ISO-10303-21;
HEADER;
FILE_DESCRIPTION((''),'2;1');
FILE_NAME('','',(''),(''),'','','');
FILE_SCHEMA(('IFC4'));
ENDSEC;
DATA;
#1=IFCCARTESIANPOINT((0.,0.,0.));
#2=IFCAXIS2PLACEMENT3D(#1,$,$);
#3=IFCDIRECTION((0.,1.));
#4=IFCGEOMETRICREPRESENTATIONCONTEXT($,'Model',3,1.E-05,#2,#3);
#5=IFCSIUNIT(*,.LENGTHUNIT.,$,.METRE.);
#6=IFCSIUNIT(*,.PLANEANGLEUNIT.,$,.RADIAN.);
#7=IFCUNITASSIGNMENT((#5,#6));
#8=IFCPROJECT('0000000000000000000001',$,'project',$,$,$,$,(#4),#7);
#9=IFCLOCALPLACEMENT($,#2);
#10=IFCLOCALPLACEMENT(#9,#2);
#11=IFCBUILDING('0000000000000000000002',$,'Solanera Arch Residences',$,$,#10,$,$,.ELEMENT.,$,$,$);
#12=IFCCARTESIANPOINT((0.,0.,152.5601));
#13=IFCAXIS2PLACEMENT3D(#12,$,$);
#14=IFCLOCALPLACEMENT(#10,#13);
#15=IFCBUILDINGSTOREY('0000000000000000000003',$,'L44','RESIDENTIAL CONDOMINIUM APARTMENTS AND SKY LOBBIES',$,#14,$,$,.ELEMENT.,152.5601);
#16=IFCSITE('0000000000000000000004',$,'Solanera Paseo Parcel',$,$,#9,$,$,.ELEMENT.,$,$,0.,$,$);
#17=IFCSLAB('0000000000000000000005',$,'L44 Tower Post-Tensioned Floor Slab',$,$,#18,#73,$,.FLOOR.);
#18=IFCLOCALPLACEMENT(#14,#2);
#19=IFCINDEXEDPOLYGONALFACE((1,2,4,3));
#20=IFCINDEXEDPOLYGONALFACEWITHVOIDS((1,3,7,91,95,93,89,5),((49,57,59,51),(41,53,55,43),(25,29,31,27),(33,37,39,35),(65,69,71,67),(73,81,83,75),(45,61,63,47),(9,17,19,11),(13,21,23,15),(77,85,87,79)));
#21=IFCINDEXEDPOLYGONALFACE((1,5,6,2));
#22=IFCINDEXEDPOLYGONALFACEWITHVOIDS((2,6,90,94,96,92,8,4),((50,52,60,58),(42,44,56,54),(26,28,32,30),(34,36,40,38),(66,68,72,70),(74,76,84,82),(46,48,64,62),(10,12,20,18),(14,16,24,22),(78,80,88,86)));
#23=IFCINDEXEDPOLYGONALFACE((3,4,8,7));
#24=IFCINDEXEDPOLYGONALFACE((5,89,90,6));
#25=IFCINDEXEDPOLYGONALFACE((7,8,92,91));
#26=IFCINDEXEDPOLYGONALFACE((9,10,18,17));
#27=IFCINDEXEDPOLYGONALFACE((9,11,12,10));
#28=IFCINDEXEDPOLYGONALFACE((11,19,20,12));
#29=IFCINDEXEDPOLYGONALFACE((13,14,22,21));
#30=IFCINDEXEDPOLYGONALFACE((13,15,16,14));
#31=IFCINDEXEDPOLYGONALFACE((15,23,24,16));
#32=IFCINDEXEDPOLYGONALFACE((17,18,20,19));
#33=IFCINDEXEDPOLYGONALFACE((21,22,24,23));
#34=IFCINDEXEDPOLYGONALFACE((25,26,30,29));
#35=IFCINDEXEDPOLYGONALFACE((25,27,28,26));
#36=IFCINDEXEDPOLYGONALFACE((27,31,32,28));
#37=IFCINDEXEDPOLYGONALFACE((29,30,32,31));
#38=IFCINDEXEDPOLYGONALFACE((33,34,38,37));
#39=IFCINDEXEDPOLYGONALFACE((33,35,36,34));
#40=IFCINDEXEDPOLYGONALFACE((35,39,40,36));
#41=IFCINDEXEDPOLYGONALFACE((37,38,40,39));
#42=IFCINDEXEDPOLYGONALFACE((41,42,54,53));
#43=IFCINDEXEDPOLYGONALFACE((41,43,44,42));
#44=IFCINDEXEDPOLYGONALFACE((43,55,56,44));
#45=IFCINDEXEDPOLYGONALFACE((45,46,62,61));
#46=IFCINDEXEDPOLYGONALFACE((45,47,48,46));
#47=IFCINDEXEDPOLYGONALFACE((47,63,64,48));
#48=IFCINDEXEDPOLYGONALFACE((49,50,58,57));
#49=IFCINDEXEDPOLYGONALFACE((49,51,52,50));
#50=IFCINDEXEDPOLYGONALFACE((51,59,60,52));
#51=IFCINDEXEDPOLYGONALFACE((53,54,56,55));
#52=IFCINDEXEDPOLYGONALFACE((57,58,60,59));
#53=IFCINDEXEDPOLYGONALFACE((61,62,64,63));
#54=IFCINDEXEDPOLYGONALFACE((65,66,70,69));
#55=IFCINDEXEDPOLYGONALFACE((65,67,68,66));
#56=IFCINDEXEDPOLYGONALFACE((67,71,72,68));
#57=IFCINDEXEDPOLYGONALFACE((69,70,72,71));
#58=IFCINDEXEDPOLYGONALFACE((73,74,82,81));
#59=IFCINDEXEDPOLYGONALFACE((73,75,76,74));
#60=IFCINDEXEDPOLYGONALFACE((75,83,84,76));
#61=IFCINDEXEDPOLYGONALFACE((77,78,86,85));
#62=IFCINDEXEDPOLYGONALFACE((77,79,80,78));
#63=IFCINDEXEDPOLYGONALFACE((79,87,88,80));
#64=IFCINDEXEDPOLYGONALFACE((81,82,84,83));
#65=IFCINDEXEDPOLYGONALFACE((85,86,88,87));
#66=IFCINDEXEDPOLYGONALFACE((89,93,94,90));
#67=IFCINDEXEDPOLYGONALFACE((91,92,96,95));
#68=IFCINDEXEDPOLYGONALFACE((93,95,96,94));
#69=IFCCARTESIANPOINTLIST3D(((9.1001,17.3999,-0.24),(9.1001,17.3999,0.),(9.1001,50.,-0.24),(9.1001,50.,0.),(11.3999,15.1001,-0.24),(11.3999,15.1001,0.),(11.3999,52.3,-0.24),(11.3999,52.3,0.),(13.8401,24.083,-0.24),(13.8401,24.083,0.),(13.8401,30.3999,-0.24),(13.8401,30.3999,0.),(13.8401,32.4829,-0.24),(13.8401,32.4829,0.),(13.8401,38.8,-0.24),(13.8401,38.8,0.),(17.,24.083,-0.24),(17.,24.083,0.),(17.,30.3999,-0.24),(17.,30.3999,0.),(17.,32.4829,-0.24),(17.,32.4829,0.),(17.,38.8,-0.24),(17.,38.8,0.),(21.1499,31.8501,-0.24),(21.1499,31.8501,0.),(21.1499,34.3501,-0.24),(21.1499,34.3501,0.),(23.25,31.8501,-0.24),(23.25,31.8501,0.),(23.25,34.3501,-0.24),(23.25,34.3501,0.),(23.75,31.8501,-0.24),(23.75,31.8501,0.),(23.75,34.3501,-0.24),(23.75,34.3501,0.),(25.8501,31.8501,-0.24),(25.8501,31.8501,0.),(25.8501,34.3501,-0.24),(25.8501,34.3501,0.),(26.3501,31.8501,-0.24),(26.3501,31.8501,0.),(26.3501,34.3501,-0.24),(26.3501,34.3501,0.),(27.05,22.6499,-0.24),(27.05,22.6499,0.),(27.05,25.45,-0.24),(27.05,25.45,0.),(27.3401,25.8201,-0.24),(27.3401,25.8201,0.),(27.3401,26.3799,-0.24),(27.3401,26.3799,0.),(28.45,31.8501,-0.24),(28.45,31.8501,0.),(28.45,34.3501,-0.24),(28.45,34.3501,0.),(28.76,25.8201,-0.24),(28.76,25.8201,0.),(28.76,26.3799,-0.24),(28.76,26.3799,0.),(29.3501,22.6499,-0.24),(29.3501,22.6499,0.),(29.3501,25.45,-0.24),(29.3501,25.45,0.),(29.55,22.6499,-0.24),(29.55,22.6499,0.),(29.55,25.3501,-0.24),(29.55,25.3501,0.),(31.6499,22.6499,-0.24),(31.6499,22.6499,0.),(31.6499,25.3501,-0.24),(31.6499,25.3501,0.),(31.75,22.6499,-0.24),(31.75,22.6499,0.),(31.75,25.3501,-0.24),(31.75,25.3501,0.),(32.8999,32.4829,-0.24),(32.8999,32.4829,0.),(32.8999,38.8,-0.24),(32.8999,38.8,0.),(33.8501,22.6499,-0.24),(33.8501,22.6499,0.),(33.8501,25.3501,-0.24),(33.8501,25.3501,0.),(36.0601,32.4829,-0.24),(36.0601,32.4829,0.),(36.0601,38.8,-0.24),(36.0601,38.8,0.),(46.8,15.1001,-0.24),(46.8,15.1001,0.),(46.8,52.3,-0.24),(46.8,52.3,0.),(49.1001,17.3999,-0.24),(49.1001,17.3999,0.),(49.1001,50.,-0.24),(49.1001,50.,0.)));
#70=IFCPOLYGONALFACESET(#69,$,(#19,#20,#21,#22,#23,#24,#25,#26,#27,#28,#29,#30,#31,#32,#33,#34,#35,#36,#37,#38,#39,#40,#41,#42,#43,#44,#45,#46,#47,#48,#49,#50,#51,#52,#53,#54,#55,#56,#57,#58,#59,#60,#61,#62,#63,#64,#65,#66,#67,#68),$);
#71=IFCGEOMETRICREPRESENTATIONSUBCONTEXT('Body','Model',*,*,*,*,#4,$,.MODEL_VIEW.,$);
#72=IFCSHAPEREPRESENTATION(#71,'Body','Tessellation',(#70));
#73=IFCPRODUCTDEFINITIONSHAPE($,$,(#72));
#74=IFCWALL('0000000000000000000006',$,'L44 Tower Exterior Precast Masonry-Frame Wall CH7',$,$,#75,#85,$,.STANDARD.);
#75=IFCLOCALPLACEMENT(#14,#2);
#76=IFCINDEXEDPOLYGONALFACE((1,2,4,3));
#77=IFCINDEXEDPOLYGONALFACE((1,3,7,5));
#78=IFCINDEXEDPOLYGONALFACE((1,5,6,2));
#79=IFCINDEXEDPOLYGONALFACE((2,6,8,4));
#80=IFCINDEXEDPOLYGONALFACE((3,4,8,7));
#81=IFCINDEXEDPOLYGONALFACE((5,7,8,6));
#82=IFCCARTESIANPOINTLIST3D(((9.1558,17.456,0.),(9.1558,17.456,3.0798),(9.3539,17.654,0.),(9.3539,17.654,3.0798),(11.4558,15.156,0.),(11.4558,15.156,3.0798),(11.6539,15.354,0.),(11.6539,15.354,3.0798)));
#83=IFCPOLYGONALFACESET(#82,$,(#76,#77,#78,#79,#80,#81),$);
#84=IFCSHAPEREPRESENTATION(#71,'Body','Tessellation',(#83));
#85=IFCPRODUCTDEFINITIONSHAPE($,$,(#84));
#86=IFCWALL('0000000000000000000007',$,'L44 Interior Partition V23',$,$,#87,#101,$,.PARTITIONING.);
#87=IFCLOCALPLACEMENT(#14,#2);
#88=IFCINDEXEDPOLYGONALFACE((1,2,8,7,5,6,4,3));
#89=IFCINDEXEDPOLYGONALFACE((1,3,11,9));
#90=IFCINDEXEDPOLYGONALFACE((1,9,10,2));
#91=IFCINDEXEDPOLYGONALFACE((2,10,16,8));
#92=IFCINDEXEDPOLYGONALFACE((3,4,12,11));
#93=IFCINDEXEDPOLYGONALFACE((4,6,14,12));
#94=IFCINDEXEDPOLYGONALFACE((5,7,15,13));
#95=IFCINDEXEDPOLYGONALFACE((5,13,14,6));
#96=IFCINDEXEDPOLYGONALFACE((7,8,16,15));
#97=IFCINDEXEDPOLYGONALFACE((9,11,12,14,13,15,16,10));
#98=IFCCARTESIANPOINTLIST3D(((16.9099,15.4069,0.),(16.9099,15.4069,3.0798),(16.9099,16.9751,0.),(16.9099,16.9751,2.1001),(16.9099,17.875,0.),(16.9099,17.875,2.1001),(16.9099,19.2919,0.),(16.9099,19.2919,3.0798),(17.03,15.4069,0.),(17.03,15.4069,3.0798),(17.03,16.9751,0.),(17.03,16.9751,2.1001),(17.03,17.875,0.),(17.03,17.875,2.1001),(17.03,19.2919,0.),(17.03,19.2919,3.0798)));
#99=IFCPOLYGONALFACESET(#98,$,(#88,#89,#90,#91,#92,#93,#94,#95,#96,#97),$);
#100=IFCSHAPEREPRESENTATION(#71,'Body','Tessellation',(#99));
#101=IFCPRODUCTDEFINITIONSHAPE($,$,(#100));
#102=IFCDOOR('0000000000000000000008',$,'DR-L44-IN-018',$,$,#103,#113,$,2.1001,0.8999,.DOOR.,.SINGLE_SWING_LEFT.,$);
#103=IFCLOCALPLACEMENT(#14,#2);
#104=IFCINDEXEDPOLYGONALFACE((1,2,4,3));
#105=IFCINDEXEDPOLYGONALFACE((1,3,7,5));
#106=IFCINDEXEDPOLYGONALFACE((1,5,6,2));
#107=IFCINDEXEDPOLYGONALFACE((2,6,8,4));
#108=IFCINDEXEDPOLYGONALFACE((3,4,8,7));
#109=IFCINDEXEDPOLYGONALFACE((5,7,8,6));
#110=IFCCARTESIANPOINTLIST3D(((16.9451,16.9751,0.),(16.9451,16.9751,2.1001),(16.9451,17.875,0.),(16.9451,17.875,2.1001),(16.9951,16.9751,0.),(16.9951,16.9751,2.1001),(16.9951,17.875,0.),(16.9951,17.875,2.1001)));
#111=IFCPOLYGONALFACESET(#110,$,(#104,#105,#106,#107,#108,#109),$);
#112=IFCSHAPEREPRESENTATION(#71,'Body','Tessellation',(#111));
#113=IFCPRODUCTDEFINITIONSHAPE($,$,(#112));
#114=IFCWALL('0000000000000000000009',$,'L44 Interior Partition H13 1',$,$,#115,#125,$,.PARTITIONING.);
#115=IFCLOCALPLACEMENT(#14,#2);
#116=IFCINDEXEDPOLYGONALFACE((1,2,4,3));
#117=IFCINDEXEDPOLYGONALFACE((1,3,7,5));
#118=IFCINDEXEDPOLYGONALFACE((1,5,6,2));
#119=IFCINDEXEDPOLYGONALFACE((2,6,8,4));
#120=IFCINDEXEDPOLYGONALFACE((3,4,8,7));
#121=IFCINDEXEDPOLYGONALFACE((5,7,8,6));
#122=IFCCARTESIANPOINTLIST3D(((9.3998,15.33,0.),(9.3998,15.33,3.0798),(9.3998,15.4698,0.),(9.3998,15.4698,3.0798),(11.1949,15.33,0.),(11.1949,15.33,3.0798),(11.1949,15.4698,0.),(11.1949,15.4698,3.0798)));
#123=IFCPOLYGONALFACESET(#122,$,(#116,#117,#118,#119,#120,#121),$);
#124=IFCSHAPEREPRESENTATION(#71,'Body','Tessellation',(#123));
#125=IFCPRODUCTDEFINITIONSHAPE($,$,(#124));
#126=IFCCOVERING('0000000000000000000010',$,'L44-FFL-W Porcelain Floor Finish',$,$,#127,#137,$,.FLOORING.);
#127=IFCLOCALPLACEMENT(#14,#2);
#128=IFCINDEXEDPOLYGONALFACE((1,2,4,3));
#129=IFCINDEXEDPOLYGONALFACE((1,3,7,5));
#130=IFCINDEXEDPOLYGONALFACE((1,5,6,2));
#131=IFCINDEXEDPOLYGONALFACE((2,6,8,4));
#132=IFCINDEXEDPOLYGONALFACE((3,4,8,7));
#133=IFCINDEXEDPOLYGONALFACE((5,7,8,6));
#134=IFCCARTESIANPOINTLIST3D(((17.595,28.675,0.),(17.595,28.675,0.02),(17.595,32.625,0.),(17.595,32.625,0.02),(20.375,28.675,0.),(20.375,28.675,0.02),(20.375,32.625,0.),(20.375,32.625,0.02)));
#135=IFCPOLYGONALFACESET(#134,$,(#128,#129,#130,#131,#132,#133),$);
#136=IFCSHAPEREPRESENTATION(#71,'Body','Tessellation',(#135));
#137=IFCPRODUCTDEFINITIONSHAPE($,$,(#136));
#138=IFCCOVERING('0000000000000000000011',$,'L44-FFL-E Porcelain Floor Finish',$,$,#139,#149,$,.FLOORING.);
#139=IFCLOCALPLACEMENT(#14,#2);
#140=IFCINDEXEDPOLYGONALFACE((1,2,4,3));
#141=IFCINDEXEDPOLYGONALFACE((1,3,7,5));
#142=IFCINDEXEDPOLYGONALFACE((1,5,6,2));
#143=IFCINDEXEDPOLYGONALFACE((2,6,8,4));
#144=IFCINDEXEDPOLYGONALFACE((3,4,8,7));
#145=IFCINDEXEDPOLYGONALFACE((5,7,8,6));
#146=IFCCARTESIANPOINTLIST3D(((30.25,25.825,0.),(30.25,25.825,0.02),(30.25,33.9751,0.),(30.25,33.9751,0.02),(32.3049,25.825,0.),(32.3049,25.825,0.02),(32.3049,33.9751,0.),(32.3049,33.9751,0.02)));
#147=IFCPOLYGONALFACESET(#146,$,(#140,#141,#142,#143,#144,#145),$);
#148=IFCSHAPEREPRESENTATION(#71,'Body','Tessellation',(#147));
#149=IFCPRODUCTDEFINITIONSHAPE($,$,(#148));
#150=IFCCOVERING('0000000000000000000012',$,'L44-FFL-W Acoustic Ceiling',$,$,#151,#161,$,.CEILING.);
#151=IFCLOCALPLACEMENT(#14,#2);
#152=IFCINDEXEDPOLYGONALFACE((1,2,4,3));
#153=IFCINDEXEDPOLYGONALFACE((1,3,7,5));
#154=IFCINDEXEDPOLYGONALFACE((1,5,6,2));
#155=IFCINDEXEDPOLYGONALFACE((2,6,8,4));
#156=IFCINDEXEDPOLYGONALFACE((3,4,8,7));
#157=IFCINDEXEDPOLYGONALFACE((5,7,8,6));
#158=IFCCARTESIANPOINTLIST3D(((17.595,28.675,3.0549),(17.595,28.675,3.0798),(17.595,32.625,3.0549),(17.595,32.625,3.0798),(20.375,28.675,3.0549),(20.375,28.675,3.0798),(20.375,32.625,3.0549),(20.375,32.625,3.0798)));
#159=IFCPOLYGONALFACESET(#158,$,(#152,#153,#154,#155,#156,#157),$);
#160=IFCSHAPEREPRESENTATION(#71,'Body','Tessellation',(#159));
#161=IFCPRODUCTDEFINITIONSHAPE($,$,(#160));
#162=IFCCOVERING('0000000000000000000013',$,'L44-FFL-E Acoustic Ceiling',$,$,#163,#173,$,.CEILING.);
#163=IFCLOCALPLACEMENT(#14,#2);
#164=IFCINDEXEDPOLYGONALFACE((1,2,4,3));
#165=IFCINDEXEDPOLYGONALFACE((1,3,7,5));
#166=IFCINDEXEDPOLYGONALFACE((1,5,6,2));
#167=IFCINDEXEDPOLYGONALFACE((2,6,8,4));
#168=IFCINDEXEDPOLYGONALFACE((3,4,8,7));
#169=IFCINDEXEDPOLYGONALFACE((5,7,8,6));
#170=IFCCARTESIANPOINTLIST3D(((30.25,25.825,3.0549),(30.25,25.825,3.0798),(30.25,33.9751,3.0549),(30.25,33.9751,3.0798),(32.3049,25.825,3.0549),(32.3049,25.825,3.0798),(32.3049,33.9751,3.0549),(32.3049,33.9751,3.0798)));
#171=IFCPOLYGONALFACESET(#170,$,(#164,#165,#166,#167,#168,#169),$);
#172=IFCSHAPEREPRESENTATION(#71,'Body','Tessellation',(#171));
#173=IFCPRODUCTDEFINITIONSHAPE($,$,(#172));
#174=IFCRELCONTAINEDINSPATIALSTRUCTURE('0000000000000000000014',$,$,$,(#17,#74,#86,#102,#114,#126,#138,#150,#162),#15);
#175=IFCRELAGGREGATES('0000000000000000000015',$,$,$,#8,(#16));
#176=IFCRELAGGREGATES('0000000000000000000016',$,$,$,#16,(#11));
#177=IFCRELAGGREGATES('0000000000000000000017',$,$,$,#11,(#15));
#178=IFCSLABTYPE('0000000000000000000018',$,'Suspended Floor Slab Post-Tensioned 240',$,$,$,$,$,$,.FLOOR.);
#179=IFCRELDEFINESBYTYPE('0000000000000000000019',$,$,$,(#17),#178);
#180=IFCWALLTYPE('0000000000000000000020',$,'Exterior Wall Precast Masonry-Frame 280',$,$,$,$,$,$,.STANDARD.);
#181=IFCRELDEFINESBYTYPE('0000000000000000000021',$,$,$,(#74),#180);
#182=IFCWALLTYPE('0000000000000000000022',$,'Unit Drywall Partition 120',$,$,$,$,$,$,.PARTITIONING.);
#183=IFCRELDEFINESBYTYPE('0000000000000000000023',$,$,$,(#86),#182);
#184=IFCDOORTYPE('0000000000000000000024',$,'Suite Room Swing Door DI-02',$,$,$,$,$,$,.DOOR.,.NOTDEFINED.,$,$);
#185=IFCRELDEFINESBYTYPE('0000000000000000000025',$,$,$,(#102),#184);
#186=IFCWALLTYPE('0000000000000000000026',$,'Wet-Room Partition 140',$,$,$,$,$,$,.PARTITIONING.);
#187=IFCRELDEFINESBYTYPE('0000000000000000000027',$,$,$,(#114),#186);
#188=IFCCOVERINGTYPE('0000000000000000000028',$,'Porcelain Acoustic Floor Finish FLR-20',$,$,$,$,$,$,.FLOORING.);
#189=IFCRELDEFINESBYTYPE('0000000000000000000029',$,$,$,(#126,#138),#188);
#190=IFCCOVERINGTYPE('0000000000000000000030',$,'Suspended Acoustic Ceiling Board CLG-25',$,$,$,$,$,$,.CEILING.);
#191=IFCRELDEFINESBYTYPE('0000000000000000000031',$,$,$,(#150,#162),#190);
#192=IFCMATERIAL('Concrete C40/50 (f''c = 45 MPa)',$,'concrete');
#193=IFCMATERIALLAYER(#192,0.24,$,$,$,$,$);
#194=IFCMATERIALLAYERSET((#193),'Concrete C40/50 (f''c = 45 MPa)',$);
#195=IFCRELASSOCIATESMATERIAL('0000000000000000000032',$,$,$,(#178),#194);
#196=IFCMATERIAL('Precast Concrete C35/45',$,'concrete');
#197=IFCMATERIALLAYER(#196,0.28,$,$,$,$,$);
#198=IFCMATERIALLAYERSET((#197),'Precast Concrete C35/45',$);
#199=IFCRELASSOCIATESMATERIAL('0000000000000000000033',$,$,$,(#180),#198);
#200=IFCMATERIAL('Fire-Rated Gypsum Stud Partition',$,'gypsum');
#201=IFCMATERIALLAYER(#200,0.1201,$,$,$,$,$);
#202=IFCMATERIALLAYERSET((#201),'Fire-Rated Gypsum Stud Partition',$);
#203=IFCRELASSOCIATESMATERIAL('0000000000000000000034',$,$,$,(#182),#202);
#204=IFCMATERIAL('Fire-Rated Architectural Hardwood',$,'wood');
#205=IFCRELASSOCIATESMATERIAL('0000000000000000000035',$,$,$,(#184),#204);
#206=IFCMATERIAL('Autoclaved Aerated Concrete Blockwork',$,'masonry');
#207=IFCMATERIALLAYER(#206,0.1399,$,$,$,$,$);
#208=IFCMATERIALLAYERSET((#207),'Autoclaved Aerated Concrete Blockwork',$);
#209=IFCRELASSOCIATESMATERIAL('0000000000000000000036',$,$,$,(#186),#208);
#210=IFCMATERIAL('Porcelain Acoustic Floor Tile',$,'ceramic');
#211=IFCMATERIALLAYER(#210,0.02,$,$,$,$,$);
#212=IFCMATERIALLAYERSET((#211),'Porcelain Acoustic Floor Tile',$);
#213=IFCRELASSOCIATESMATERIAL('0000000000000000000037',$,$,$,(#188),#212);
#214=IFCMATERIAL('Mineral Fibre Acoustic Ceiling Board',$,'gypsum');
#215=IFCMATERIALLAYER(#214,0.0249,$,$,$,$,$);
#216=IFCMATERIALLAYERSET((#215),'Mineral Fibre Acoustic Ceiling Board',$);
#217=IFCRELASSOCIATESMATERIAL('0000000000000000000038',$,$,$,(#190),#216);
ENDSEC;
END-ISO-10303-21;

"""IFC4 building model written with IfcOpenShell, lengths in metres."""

from ifc_helpers import new_model, si_unit, direction, frame, frame_2d, origin, place, context, subcontext, project, spatial, polyline, rectangle, outline, extrude, material, layer, layer_set, type_object, element, fill, save


model = new_model("IFC4")

# Units and contexts
model_context = context("Model", 3, precision=1e-05, world=origin(), true_north=direction((0.0, 1.0)))
body_context = subcontext(model_context, "Body", "Model", "MODEL_VIEW")
ifc_project = project(units=[si_unit("LENGTHUNIT", "METRE"), si_unit("PLANEANGLEUNIT", "RADIAN")], contexts=[model_context])

# Site, building, storey
site_placement = place(None, origin())
site = spatial("IfcSite", under=ifc_project, at=site_placement, Name="Solanera Paseo Parcel", CompositionType="ELEMENT", RefElevation=0.0)
building_placement = place(site_placement, origin())
building = spatial("IfcBuilding", under=site, at=building_placement, Name="Solanera Arch Residences", CompositionType="ELEMENT")
storey_placement = place(building_placement, frame((0.0, 0.0, 152.5601)))
storey = spatial("IfcBuildingStorey", under=building, at=storey_placement, Name="L44", Description="RESIDENTIAL CONDOMINIUM APARTMENTS AND SKY LOBBIES", CompositionType="ELEMENT", Elevation=152.5601)

# Slab
ifc_material_1 = material(Name="Concrete C40/50 (f'c = 45 MPa)", Category="concrete")
ifc_layer_1 = layer(ifc_material_1, 0.24)
ifc_layer_set_1 = layer_set([ifc_layer_1], Name="Concrete C40/50 (f'c = 45 MPa)")
slab_type_1 = type_object("IfcSlabType", Name="Suspended Floor Slab Post-Tensioned 240", PredefinedType="FLOOR", material=ifc_layer_set_1)
slab_1_placement = place(storey_placement, frame((0.0, 0.0, -0.24)))
element("IfcSlab", 1, at=slab_1_placement, inside=storey, type_object=slab_type_1, Name="L44 Tower Post-Tensioned Floor Slab", PredefinedType="FLOOR", context=body_context, shape_type="SweptSolid", body=[
    extrude(outline(polyline([(11.3999, 15.1001), (46.8, 15.1001), (49.1001, 17.3999), (49.1001, 50.0), (46.8, 52.3), (11.3999, 52.3), (9.1001, 50.0), (9.1001, 17.3999), (11.3999, 15.1001)]), holes=[polyline([(13.8401, 32.4829), (13.8401, 38.8), (17.0, 38.8), (17.0, 32.4829), (13.8401, 32.4829)]), polyline([(32.8999, 32.4829), (32.8999, 38.8), (36.0601, 38.8), (36.0601, 32.4829), (32.8999, 32.4829)]), polyline([(13.8401, 24.083), (13.8401, 30.3999), (17.0, 30.3999), (17.0, 24.083), (13.8401, 24.083)]), polyline([(21.1499, 34.3501), (23.25, 34.3501), (23.25, 31.8501), (21.1499, 31.8501), (21.1499, 34.3501)]), polyline([(23.75, 34.3501), (25.8501, 34.3501), (25.8501, 31.8501), (23.75, 31.8501), (23.75, 34.3501)]), polyline([(26.3501, 34.3501), (28.45, 34.3501), (28.45, 31.8501), (26.3501, 31.8501), (26.3501, 34.3501)]), polyline([(29.55, 25.3501), (31.6499, 25.3501), (31.6499, 22.6499), (29.55, 22.6499), (29.55, 25.3501)]), polyline([(31.75, 25.3501), (33.8501, 25.3501), (33.8501, 22.6499), (31.75, 22.6499), (31.75, 25.3501)]), polyline([(27.05, 25.45), (29.3501, 25.45), (29.3501, 22.6499), (27.05, 22.6499), (27.05, 25.45)]), polyline([(27.3401, 26.3799), (28.76, 26.3799), (28.76, 25.8201), (27.3401, 25.8201), (27.3401, 26.3799)])]), origin(), (0.0, 0.0, 1.0), 0.24),
])

# Wall
ifc_material_2 = material(Name="Precast Concrete C35/45", Category="concrete")
ifc_layer_2 = layer(ifc_material_2, 0.28)
ifc_layer_set_2 = layer_set([ifc_layer_2], Name="Precast Concrete C35/45")
wall_type_1 = type_object("IfcWallType", Name="Exterior Wall Precast Masonry-Frame 280", PredefinedType="STANDARD", material=ifc_layer_set_2)
wall_1_placement = place(storey_placement, frame((11.5549, 15.2549, 0.0), z_axis=(0.0, 0.0, 1.0), x_axis=(-0.707107, 0.707107, 0.0)))
element("IfcWall", 2, at=wall_1_placement, inside=storey, type_object=wall_type_1, Name="L44 Tower Exterior Precast Masonry-Frame Wall CH7", PredefinedType="STANDARD", context=body_context, shape_type="SweptSolid", body=[
    extrude(rectangle(XDim=3.2527, YDim=0.28, at=frame_2d((1.6265, 0.0))), origin(), (0.0, 0.0, 1.0), 3.0798),
])

# Wall, opening, door
ifc_material_3 = material(Name="Fire-Rated Gypsum Stud Partition", Category="gypsum")
ifc_layer_3 = layer(ifc_material_3, 0.1201)
ifc_layer_set_3 = layer_set([ifc_layer_3], Name="Fire-Rated Gypsum Stud Partition")
wall_type_2 = type_object("IfcWallType", Name="Unit Drywall Partition 120", PredefinedType="PARTITIONING", material=ifc_layer_set_3)
wall_2_placement = place(storey_placement, frame((16.97, 15.407, 0.0), z_axis=(0.0, 0.0, 1.0), x_axis=(0.0, 1.0, 0.0)))
wall_2 = element("IfcWall", 3, at=wall_2_placement, inside=storey, type_object=wall_type_2, Name="L44 Interior Partition V23", PredefinedType="PARTITIONING", context=body_context, shape_type="SweptSolid", body=[
    extrude(rectangle(XDim=3.885, YDim=0.1201, at=frame_2d((1.9424, 0.0))), origin(), (0.0, 0.0, 1.0), 3.0798),
])
opening_placement = place(wall_2_placement, frame((1.5681, 0.0, 0.0)))
opening = element("IfcOpeningElement", 4, at=opening_placement, cuts=wall_2, PredefinedType="OPENING", context=body_context, shape_type="SweptSolid", body=[
    extrude(rectangle(XDim=0.8999, YDim=2.1001, at=frame_2d((0.45, 1.05))), frame((0.0, 0.0701, 0.0), z_axis=(0.0, -1.0, 0.0), x_axis=(1.0, 0.0, 0.0)), (0.0, 0.0, 1.0), 0.1401),
])
ifc_material_4 = material(Name="Fire-Rated Architectural Hardwood", Category="wood")
door_type = type_object("IfcDoorType", Name="Suite Room Swing Door DI-02", OperationType="NOTDEFINED", PredefinedType="DOOR", material=ifc_material_4)
door_placement = place(opening_placement, origin())
door = element("IfcDoor", 5, at=door_placement, inside=storey, type_object=door_type, Name="DR-L44-IN-018", OperationType="SINGLE_SWING_LEFT", OverallHeight=2.1001, OverallWidth=0.8999, PredefinedType="DOOR", context=body_context, shape_type="SweptSolid", body=[
    extrude(rectangle(XDim=0.8999, YDim=2.1001, at=frame_2d((0.45, 1.05))), frame((0.0, 0.0249, 0.0), z_axis=(0.0, -1.0, 0.0), x_axis=(1.0, 0.0, 0.0)), (0.0, 0.0, 1.0), 0.05),
])
fill(opening, door)

# Wall
ifc_material_5 = material(Name="Autoclaved Aerated Concrete Blockwork", Category="masonry")
ifc_layer_4 = layer(ifc_material_5, 0.1399)
ifc_layer_set_4 = layer_set([ifc_layer_4], Name="Autoclaved Aerated Concrete Blockwork")
wall_type_3 = type_object("IfcWallType", Name="Wet-Room Partition 140", PredefinedType="PARTITIONING", material=ifc_layer_set_4)
wall_3_placement = place(storey_placement, frame((9.3999, 15.3999, 0.0), z_axis=(0.0, 0.0, 1.0), x_axis=(1.0, 0.0, 0.0)))
element("IfcWall", 6, at=wall_3_placement, inside=storey, type_object=wall_type_3, Name="L44 Interior Partition H13 1", PredefinedType="PARTITIONING", context=body_context, shape_type="SweptSolid", body=[
    extrude(rectangle(XDim=1.7952, YDim=0.1399, at=frame_2d((0.8975, 0.0))), origin(), (0.0, 0.0, 1.0), 3.0798),
])

# Coverings
ifc_material_6 = material(Name="Porcelain Acoustic Floor Tile", Category="ceramic")
ifc_layer_5 = layer(ifc_material_6, 0.02)
ifc_layer_set_5 = layer_set([ifc_layer_5], Name="Porcelain Acoustic Floor Tile")
covering_type_1 = type_object("IfcCoveringType", Name="Porcelain Acoustic Floor Finish FLR-20", PredefinedType="FLOORING", material=ifc_layer_set_5)
covering_1_placement = place(storey_placement, origin())
element("IfcCovering", 7, at=covering_1_placement, inside=storey, type_object=covering_type_1, Name="L44-FFL-W Porcelain Floor Finish", PredefinedType="FLOORING", context=body_context, shape_type="SweptSolid", body=[
    extrude(outline(polyline([(20.375, 28.675), (17.595, 28.675), (17.595, 32.625), (20.375, 32.625), (20.375, 28.675)])), origin(), (0.0, 0.0, 1.0), 0.02),
])
covering_2_placement = place(storey_placement, origin())
element("IfcCovering", 8, at=covering_2_placement, inside=storey, type_object=covering_type_1, Name="L44-FFL-E Porcelain Floor Finish", PredefinedType="FLOORING", context=body_context, shape_type="SweptSolid", body=[
    extrude(outline(polyline([(32.3049, 25.825), (30.25, 25.825), (30.25, 33.9751), (32.3049, 33.9751), (32.3049, 25.825)])), origin(), (0.0, 0.0, 1.0), 0.02),
])
ifc_material_7 = material(Name="Mineral Fibre Acoustic Ceiling Board", Category="gypsum")
ifc_layer_6 = layer(ifc_material_7, 0.0249)
ifc_layer_set_6 = layer_set([ifc_layer_6], Name="Mineral Fibre Acoustic Ceiling Board")
covering_type_2 = type_object("IfcCoveringType", Name="Suspended Acoustic Ceiling Board CLG-25", PredefinedType="CEILING", material=ifc_layer_set_6)
covering_3_placement = place(storey_placement, frame((0.0, 0.0, 3.0549)))
element("IfcCovering", 9, at=covering_3_placement, inside=storey, type_object=covering_type_2, Name="L44-FFL-W Acoustic Ceiling", PredefinedType="CEILING", context=body_context, shape_type="SweptSolid", body=[
    extrude(outline(polyline([(20.375, 28.675), (17.595, 28.675), (17.595, 32.625), (20.375, 32.625), (20.375, 28.675)])), origin(), (0.0, 0.0, 1.0), 0.0249),
])
covering_4_placement = place(storey_placement, frame((0.0, 0.0, 3.0549)))
element("IfcCovering", 10, at=covering_4_placement, inside=storey, type_object=covering_type_2, Name="L44-FFL-E Acoustic Ceiling", PredefinedType="CEILING", context=body_context, shape_type="SweptSolid", body=[
    extrude(outline(polyline([(32.3049, 25.825), (30.25, 25.825), (30.25, 33.9751), (32.3049, 33.9751), (32.3049, 25.825)])), origin(), (0.0, 0.0, 1.0), 0.0249),
])

save(model, "model.ifc")
